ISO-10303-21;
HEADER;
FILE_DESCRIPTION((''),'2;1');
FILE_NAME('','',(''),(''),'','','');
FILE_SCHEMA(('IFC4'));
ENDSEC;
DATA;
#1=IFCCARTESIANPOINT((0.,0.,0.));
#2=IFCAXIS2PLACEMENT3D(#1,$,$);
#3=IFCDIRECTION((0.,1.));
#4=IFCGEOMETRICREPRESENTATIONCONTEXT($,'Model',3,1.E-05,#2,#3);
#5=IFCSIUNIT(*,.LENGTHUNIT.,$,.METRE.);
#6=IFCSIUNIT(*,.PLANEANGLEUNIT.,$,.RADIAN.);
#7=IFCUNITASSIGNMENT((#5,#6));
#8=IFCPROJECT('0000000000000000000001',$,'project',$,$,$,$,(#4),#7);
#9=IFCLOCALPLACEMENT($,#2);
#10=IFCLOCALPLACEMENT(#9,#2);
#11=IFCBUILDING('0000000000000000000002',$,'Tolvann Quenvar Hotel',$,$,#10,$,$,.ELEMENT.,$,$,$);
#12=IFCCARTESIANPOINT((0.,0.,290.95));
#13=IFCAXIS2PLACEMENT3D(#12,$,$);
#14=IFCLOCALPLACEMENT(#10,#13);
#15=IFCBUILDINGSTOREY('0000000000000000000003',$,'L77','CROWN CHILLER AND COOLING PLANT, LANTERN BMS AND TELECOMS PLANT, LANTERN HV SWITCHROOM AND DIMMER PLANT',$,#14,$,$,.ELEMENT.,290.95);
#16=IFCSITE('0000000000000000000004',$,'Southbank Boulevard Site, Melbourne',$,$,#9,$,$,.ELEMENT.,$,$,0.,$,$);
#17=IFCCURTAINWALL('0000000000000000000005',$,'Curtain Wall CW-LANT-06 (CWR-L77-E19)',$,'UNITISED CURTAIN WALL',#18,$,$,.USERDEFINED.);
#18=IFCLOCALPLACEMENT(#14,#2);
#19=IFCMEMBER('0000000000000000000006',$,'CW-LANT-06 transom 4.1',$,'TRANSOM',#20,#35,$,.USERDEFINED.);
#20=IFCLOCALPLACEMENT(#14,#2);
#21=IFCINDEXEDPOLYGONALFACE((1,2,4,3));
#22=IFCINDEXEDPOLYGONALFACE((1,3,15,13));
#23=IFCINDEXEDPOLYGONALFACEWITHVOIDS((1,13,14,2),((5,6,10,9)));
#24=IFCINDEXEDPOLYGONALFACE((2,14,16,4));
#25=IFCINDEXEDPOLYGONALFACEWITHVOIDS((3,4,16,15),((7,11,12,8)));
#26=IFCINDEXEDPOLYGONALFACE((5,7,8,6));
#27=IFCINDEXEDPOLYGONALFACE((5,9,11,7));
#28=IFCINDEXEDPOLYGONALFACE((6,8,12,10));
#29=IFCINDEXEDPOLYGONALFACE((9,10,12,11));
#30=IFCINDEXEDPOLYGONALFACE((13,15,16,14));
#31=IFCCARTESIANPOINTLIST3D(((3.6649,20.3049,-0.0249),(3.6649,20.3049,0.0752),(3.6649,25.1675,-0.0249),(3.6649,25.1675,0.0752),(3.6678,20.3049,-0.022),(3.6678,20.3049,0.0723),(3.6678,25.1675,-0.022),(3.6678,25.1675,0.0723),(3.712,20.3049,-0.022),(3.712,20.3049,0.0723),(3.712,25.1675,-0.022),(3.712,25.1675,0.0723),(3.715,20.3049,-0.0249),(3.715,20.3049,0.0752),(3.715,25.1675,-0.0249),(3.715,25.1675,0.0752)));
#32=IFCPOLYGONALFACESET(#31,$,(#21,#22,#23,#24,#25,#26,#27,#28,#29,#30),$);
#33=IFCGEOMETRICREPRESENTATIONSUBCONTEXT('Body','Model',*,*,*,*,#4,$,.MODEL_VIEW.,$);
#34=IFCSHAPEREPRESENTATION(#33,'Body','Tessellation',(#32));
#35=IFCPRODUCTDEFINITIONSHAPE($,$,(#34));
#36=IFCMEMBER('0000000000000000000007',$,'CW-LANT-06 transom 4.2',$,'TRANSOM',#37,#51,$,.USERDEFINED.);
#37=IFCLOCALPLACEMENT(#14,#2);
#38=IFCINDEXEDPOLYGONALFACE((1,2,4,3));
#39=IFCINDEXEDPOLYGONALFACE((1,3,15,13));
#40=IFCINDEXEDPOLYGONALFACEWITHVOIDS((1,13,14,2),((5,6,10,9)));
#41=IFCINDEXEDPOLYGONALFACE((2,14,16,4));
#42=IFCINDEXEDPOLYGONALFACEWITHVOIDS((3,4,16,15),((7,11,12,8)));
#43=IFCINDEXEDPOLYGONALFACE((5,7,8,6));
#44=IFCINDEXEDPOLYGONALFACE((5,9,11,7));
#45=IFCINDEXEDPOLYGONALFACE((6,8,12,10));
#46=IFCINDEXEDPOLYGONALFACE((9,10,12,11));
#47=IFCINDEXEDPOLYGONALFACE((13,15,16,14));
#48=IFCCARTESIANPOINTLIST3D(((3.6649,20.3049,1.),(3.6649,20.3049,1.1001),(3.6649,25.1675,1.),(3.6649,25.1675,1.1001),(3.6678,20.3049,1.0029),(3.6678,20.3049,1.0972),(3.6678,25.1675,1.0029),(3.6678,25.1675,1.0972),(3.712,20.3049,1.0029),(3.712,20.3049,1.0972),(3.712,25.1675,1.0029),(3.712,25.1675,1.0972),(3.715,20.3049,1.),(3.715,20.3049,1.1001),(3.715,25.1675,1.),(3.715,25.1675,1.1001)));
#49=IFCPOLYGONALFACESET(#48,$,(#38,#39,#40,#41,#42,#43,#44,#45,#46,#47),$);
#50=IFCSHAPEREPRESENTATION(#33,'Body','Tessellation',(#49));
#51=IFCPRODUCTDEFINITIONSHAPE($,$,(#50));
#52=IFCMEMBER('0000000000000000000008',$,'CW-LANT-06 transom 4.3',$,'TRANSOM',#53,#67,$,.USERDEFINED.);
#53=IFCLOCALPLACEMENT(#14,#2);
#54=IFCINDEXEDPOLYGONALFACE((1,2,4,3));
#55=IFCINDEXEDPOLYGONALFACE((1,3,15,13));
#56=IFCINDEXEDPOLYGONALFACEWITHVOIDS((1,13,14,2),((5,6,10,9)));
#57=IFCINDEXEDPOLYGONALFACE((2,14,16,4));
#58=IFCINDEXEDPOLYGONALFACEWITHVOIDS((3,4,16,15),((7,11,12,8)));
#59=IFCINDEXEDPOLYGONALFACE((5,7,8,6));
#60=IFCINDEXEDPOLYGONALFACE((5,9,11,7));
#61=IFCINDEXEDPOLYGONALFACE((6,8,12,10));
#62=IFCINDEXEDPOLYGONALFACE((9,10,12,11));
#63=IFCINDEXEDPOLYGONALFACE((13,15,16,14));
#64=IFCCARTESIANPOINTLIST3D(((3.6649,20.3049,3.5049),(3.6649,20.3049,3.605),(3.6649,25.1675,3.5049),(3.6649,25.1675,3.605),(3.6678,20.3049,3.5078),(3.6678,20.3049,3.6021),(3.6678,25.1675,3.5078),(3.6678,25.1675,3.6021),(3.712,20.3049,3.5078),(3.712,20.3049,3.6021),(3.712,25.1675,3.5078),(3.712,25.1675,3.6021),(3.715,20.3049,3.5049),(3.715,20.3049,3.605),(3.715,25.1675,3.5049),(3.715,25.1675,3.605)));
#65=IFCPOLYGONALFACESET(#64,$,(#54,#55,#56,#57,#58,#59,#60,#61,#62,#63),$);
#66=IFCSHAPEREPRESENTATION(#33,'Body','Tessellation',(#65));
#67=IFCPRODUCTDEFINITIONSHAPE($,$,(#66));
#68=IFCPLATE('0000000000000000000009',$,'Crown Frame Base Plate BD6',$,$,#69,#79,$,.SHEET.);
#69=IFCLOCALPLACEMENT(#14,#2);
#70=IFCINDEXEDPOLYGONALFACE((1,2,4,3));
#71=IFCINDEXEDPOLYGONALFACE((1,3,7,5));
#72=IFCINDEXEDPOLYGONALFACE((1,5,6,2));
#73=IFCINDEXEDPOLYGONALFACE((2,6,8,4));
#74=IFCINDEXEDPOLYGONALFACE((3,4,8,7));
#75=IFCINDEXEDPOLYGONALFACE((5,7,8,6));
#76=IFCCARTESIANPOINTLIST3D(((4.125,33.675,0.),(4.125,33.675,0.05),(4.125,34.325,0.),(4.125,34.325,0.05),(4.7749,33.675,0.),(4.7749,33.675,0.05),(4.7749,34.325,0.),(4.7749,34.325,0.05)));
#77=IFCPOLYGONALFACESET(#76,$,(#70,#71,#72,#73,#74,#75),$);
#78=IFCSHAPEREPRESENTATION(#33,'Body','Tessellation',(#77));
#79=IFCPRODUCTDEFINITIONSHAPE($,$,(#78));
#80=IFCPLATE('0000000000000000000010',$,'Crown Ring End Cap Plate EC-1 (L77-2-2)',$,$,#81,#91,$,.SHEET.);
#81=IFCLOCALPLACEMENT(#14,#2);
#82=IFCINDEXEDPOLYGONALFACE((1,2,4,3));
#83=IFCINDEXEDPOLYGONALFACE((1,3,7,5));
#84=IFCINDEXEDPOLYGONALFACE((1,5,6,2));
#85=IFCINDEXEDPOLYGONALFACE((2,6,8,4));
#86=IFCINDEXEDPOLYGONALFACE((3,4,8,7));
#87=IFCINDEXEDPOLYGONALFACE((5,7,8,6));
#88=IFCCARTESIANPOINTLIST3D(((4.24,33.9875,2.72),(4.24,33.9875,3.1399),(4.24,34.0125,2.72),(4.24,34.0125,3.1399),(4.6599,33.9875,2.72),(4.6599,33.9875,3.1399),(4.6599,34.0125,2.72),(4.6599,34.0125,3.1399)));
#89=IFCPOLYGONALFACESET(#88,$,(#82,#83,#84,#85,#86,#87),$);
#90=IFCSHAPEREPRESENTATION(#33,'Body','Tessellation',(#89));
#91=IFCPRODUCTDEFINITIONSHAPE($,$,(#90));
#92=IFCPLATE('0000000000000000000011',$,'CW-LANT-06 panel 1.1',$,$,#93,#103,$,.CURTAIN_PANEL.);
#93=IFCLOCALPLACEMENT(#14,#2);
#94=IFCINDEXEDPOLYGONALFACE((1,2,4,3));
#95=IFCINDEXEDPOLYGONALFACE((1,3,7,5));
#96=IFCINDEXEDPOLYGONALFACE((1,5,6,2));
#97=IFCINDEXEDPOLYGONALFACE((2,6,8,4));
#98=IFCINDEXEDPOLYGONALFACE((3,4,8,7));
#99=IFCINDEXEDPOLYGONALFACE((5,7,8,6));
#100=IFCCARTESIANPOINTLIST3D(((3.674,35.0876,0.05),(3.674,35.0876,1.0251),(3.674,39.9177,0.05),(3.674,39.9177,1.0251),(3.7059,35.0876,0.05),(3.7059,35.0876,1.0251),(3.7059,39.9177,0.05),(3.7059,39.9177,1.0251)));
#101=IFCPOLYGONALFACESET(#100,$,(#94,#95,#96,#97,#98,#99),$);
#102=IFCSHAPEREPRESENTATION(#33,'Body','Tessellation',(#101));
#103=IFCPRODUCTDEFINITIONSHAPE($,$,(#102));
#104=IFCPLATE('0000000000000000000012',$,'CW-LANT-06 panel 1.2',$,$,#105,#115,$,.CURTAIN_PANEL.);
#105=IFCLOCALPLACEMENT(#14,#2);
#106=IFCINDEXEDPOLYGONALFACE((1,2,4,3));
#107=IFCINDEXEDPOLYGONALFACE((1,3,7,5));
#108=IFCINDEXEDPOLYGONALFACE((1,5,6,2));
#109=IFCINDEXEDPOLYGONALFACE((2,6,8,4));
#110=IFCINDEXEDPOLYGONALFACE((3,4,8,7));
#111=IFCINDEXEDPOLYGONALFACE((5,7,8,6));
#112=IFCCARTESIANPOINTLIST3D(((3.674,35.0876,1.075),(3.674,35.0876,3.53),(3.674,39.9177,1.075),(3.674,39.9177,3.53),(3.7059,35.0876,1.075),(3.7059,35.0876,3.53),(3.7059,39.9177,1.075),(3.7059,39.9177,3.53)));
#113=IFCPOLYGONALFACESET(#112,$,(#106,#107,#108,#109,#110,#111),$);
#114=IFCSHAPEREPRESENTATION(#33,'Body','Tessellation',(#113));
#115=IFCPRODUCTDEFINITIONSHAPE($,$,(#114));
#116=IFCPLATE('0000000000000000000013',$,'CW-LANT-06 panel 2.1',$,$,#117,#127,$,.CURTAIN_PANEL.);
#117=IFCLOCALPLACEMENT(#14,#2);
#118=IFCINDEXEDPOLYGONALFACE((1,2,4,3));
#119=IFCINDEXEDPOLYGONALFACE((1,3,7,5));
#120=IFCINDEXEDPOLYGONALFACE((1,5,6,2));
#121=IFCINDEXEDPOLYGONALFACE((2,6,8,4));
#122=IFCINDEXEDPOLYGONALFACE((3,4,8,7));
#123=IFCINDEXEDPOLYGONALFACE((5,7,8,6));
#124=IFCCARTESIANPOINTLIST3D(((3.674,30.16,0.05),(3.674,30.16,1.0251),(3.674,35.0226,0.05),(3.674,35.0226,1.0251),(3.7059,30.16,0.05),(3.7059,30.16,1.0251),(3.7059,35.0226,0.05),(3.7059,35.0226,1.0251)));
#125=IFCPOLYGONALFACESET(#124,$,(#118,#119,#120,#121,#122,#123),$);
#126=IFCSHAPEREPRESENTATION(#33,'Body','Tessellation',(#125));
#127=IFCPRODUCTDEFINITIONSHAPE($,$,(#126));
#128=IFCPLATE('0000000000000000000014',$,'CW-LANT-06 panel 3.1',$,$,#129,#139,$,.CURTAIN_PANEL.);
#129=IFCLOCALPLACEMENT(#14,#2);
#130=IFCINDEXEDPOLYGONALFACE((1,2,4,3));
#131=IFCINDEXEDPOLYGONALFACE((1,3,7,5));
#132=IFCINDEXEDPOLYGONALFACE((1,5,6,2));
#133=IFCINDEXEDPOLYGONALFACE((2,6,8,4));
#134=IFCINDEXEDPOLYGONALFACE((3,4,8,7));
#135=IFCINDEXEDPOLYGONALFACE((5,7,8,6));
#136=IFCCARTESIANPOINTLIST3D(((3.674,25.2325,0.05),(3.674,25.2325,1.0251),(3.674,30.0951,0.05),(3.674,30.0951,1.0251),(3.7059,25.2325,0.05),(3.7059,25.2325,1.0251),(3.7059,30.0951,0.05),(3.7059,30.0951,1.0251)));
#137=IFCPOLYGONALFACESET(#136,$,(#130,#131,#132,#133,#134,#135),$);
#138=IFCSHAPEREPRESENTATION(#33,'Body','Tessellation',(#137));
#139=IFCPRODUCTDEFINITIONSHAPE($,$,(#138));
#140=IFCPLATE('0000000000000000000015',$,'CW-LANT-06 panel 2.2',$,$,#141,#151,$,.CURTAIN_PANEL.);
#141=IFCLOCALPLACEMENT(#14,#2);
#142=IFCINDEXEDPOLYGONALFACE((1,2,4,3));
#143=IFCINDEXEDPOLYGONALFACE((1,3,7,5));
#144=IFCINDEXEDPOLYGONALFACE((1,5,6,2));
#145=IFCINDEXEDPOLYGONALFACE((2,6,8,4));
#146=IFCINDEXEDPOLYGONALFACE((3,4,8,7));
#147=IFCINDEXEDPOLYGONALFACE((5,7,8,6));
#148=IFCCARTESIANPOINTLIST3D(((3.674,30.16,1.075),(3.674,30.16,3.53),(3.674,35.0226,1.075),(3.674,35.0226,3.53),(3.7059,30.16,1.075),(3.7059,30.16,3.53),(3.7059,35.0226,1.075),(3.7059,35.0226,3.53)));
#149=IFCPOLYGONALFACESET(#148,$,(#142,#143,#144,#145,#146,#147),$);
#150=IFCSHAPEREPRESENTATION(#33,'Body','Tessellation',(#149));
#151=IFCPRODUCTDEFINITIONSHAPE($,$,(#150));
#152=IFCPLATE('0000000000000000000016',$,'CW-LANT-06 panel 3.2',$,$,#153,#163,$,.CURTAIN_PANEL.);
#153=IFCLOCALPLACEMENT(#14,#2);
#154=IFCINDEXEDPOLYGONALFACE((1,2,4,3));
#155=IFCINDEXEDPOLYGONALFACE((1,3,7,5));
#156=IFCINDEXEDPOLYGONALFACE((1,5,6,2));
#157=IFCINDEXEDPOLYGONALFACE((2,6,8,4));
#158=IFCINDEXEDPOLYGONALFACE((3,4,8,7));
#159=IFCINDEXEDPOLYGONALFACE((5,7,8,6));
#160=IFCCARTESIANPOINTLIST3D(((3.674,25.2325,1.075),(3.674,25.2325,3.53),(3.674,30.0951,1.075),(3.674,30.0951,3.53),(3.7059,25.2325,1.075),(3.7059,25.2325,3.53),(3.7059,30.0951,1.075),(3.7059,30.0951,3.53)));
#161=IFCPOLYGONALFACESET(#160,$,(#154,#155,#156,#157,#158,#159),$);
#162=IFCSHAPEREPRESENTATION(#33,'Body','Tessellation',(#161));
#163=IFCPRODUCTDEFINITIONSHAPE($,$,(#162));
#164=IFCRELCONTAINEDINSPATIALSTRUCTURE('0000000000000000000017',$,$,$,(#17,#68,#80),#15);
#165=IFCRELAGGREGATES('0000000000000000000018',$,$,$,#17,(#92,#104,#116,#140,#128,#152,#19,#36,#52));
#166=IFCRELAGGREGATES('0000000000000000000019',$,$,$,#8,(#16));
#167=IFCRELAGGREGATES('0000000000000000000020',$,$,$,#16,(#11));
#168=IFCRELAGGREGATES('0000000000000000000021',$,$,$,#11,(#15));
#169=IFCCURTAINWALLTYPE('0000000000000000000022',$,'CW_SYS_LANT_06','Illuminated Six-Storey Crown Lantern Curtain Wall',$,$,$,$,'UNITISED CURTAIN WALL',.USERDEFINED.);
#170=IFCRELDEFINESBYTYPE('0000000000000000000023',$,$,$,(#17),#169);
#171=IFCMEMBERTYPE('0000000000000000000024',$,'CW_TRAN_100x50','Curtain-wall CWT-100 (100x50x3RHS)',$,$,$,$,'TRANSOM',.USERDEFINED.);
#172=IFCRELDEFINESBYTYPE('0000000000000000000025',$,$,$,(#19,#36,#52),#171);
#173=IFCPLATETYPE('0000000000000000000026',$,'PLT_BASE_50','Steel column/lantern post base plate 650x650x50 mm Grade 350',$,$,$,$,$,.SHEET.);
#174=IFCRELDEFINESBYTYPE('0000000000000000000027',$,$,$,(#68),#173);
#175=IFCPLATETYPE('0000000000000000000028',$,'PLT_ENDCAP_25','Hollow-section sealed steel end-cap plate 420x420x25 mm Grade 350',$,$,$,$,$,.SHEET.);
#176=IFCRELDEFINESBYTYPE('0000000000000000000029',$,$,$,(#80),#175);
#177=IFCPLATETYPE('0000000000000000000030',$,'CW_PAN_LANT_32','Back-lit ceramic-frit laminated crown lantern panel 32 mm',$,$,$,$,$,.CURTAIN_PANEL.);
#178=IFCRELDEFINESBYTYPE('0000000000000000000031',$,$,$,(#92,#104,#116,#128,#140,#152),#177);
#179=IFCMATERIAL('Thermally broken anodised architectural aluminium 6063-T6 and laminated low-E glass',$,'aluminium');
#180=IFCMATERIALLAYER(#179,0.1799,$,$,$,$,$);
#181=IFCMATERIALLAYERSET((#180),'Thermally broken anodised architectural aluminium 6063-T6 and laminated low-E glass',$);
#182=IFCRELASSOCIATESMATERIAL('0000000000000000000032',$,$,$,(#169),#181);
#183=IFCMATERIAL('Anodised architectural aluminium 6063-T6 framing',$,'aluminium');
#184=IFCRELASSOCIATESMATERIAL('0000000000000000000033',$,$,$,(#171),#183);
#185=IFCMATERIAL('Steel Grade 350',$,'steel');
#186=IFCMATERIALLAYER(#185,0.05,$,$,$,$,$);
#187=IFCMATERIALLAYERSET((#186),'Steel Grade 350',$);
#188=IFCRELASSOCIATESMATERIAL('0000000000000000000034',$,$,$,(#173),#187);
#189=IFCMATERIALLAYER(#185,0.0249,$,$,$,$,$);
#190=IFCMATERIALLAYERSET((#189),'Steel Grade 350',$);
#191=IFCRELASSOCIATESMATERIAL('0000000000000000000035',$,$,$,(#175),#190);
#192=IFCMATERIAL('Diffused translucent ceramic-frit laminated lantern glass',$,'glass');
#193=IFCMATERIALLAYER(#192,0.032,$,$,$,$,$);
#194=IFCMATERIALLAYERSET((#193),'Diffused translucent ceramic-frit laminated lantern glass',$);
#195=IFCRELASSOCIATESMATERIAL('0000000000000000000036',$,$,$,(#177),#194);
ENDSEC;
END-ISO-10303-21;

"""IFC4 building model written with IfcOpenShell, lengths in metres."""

from ifc_helpers import new_model, si_unit, direction, frame, origin, origin_2d, place, context, subcontext, project, spatial, rectangle, hollow_rectangle, extrude, source, transform, mapped, material, layer, layer_set, material_profile, profile_set, type_object, type_shapes, element, aggregate, save


model = new_model("IFC4")

# Units and contexts
model_context = context("Model", 3, precision=1e-05, world=origin(), true_north=direction((0.0, 1.0)))
body_context = subcontext(model_context, "Body", "Model", "MODEL_VIEW")
ifc_project = project(units=[si_unit("LENGTHUNIT", "METRE"), si_unit("PLANEANGLEUNIT", "RADIAN")], contexts=[model_context])

# Site, building, storey
site_placement = place(None, origin())
site = spatial("IfcSite", under=ifc_project, at=site_placement, Name="Southbank Boulevard Site, Melbourne", CompositionType="ELEMENT", RefElevation=0.0)
building_placement = place(site_placement, origin())
building = spatial("IfcBuilding", under=site, at=building_placement, Name="Tolvann Quenvar Hotel", CompositionType="ELEMENT")
storey_placement = place(building_placement, frame((0.0, 0.0, 290.95)))
storey = spatial("IfcBuildingStorey", under=building, at=storey_placement, Name="L77", Description="CROWN CHILLER AND COOLING PLANT, LANTERN BMS AND TELECOMS PLANT, LANTERN HV SWITCHROOM AND DIMMER PLANT", CompositionType="ELEMENT", Elevation=290.95)

# Shared definitions
ifc_material_1 = material(Name="Steel Grade 350", Category="steel")

# Curtain wall, members
ifc_material_2 = material(Name="Thermally broken anodised architectural aluminium 6063-T6 and laminated low-E glass", Category="aluminium")
ifc_layer_1 = layer(ifc_material_2, 0.1799)
ifc_layer_set_1 = layer_set([ifc_layer_1], Name="Thermally broken anodised architectural aluminium 6063-T6 and laminated low-E glass")
curtain_wall_type = type_object("IfcCurtainWallType", Name="CW_SYS_LANT_06", Description="Illuminated Six-Storey Crown Lantern Curtain Wall", ElementType="UNITISED CURTAIN WALL", PredefinedType="USERDEFINED", material=ifc_layer_set_1)
curtain_wall_placement = place(storey_placement, origin())
curtain_wall = element("IfcCurtainWall", 1, at=curtain_wall_placement, inside=storey, type_object=curtain_wall_type, Name="Curtain Wall CW-LANT-06 (CWR-L77-E19)", ObjectType="UNITISED CURTAIN WALL", PredefinedType="USERDEFINED")
ifc_material_3 = material(Name="Anodised architectural aluminium 6063-T6 framing", Category="aluminium")
ifc_material_profile_1 = material_profile(ifc_material_3, hollow_rectangle(XDim=0.05, YDim=0.1001, WallThickness=0.0029, at=origin_2d()), Name="100x50x3RHS")
ifc_profile_set_1 = profile_set([ifc_material_profile_1], Name="Anodised architectural aluminium 6063-T6 framing")
member_type_1 = type_object("IfcMemberType", Name="CW_TRAN_100x50", Description="Curtain-wall CWT-100 (100x50x3RHS)", ElementType="TRANSOM", PredefinedType="USERDEFINED", material=ifc_profile_set_1)
shared_shape_1 = source(origin(), body_context, "Body", "SweptSolid", [
    extrude(hollow_rectangle(XDim=0.05, YDim=0.1001, WallThickness=0.0029, at=origin_2d()), origin(), (0.0, 0.0, 1.0), 4.8625),
])
member_1_placement = place(storey_placement, frame((3.6899, 25.1675, 0.0251), z_axis=(0.0, -1.0, 0.0), x_axis=(1.0, 0.0, 0.0)))
member_1 = element("IfcMember", 2, at=member_1_placement, type_object=member_type_1, Name="CW-LANT-06 transom 4.1", ObjectType="TRANSOM", PredefinedType="USERDEFINED", context=body_context, shape_type="MappedRepresentation", body=[
    mapped(shared_shape_1, transform((0.0, 0.0, 0.0), x_axis=(1.0, 0.0, 0.0), y_axis=(0.0, 1.0, 0.0), z_axis=(0.0, 0.0, 1.0), scale=1.0)),
])
member_2_placement = place(storey_placement, frame((3.6899, 25.1675, 1.05), z_axis=(0.0, -1.0, 0.0), x_axis=(1.0, 0.0, 0.0)))
member_2 = element("IfcMember", 3, at=member_2_placement, type_object=member_type_1, Name="CW-LANT-06 transom 4.2", ObjectType="TRANSOM", PredefinedType="USERDEFINED", context=body_context, shape_type="MappedRepresentation", body=[
    mapped(shared_shape_1, transform((0.0, 0.0, 0.0), x_axis=(1.0, 0.0, 0.0), y_axis=(0.0, 1.0, 0.0), z_axis=(0.0, 0.0, 1.0), scale=1.0)),
])
member_3_placement = place(storey_placement, frame((3.6899, 25.1675, 3.5549), z_axis=(0.0, -1.0, 0.0), x_axis=(1.0, 0.0, 0.0)))
member_3 = element("IfcMember", 4, at=member_3_placement, type_object=member_type_1, Name="CW-LANT-06 transom 4.3", ObjectType="TRANSOM", PredefinedType="USERDEFINED", context=body_context, shape_type="MappedRepresentation", body=[
    mapped(shared_shape_1, transform((0.0, 0.0, 0.0), x_axis=(1.0, 0.0, 0.0), y_axis=(0.0, 1.0, 0.0), z_axis=(0.0, 0.0, 1.0), scale=1.0)),
])

# Plates
ifc_layer_2 = layer(ifc_material_1, 0.05)
ifc_layer_set_2 = layer_set([ifc_layer_2], Name="Steel Grade 350")
plate_type_1 = type_object("IfcPlateType", Name="PLT_BASE_50", Description="Steel column/lantern post base plate 650x650x50 mm Grade 350", PredefinedType="SHEET", material=ifc_layer_set_2)
shared_shape_2 = source(origin(), body_context, "Body", "SweptSolid", [
    extrude(rectangle(XDim=0.6499, YDim=0.6499, at=origin_2d()), origin(), (0.0, 0.0, 1.0), 0.05),
])
type_shapes(plate_type_1, [shared_shape_2])
plate_1_placement = place(storey_placement, frame((4.45, 34.0, 0.0), z_axis=(0.0, 0.0, 1.0), x_axis=(1.0, 0.0, 0.0)))
element("IfcPlate", 5, at=plate_1_placement, inside=storey, type_object=plate_type_1, Name="Crown Frame Base Plate BD6", PredefinedType="SHEET", context=body_context, shape_type="MappedRepresentation", body=[
    mapped(shared_shape_2, transform((0.0, 0.0, 0.0), x_axis=(1.0, 0.0, 0.0), y_axis=(0.0, 1.0, 0.0), z_axis=(0.0, 0.0, 1.0), scale=1.0)),
])
ifc_layer_3 = layer(ifc_material_1, 0.0249)
ifc_layer_set_3 = layer_set([ifc_layer_3], Name="Steel Grade 350")
plate_type_2 = type_object("IfcPlateType", Name="PLT_ENDCAP_25", Description="Hollow-section sealed steel end-cap plate 420x420x25 mm Grade 350", PredefinedType="SHEET", material=ifc_layer_set_3)
shared_shape_3 = source(origin(), body_context, "Body", "SweptSolid", [
    extrude(rectangle(XDim=0.4199, YDim=0.0249, at=origin_2d()), origin(), (0.0, 0.0, 1.0), 0.4199),
])
type_shapes(plate_type_2, [shared_shape_3])
plate_2_placement = place(storey_placement, frame((4.45, 34.0, 2.72), z_axis=(0.0, 0.0, 1.0), x_axis=(1.0, 0.0, 0.0)))
element("IfcPlate", 6, at=plate_2_placement, inside=storey, type_object=plate_type_2, Name="Crown Ring End Cap Plate EC-1 (L77-2-2)", PredefinedType="SHEET", context=body_context, shape_type="MappedRepresentation", body=[
    mapped(shared_shape_3, transform((0.0, 0.0, 0.0), x_axis=(1.0, 0.0, 0.0), y_axis=(0.0, 1.0, 0.0), z_axis=(0.0, 0.0, 1.0), scale=1.0)),
])

# Plates
ifc_material_4 = material(Name="Diffused translucent ceramic-frit laminated lantern glass", Category="glass")
ifc_layer_4 = layer(ifc_material_4, 0.032)
ifc_layer_set_4 = layer_set([ifc_layer_4], Name="Diffused translucent ceramic-frit laminated lantern glass")
plate_type_3 = type_object("IfcPlateType", Name="CW_PAN_LANT_32", Description="Back-lit ceramic-frit laminated crown lantern panel 32 mm", PredefinedType="CURTAIN_PANEL", material=ifc_layer_set_4)
shared_shape_4 = source(origin(), body_context, "Body", "SweptSolid", [
    extrude(rectangle(XDim=4.8301, YDim=0.032, at=origin_2d()), origin(), (0.0, 0.0, 1.0), 0.9751),
])
plate_3_placement = place(storey_placement, frame((3.6899, 37.5027, 0.05), z_axis=(0.0, 0.0, 1.0), x_axis=(0.0, -1.0, 0.0)))
plate_3 = element("IfcPlate", 7, at=plate_3_placement, type_object=plate_type_3, Name="CW-LANT-06 panel 1.1", PredefinedType="CURTAIN_PANEL", context=body_context, shape_type="MappedRepresentation", body=[
    mapped(shared_shape_4, transform((0.0, 0.0, 0.0), x_axis=(1.0, 0.0, 0.0), y_axis=(0.0, 1.0, 0.0), z_axis=(0.0, 0.0, 1.0), scale=1.0)),
])
shared_shape_5 = source(origin(), body_context, "Body", "SweptSolid", [
    extrude(rectangle(XDim=4.8301, YDim=0.032, at=origin_2d()), origin(), (0.0, 0.0, 1.0), 2.4551),
])
plate_4_placement = place(storey_placement, frame((3.6899, 37.5027, 1.075), z_axis=(0.0, 0.0, 1.0), x_axis=(0.0, -1.0, 0.0)))
plate_4 = element("IfcPlate", 8, at=plate_4_placement, type_object=plate_type_3, Name="CW-LANT-06 panel 1.2", PredefinedType="CURTAIN_PANEL", context=body_context, shape_type="MappedRepresentation", body=[
    mapped(shared_shape_5, transform((0.0, 0.0, 0.0), x_axis=(1.0, 0.0, 0.0), y_axis=(0.0, 1.0, 0.0), z_axis=(0.0, 0.0, 1.0), scale=1.0)),
])
shared_shape_6 = source(origin(), body_context, "Body", "SweptSolid", [
    extrude(rectangle(XDim=4.8625, YDim=0.032, at=origin_2d()), origin(), (0.0, 0.0, 1.0), 0.9751),
])
plate_5_placement = place(storey_placement, frame((3.6899, 32.5913, 0.05), z_axis=(0.0, 0.0, 1.0), x_axis=(0.0, -1.0, 0.0)))
plate_5 = element("IfcPlate", 9, at=plate_5_placement, type_object=plate_type_3, Name="CW-LANT-06 panel 2.1", PredefinedType="CURTAIN_PANEL", context=body_context, shape_type="MappedRepresentation", body=[
    mapped(shared_shape_6, transform((0.0, 0.0, 0.0), x_axis=(1.0, 0.0, 0.0), y_axis=(0.0, 1.0, 0.0), z_axis=(0.0, 0.0, 1.0), scale=1.0)),
])
plate_6_placement = place(storey_placement, frame((3.6899, 27.6638, 0.05), z_axis=(0.0, 0.0, 1.0), x_axis=(0.0, -1.0, 0.0)))
plate_6 = element("IfcPlate", 10, at=plate_6_placement, type_object=plate_type_3, Name="CW-LANT-06 panel 3.1", PredefinedType="CURTAIN_PANEL", context=body_context, shape_type="MappedRepresentation", body=[
    mapped(shared_shape_6, transform((0.0, 0.0, 0.0), x_axis=(1.0, 0.0, 0.0), y_axis=(0.0, 1.0, 0.0), z_axis=(0.0, 0.0, 1.0), scale=1.0)),
])
shared_shape_7 = source(origin(), body_context, "Body", "SweptSolid", [
    extrude(rectangle(XDim=4.8625, YDim=0.032, at=origin_2d()), origin(), (0.0, 0.0, 1.0), 2.4551),
])
type_shapes(plate_type_3, [shared_shape_4, shared_shape_5, shared_shape_6, shared_shape_7])
plate_7_placement = place(storey_placement, frame((3.6899, 32.5913, 1.075), z_axis=(0.0, 0.0, 1.0), x_axis=(0.0, -1.0, 0.0)))
plate_7 = element("IfcPlate", 11, at=plate_7_placement, type_object=plate_type_3, Name="CW-LANT-06 panel 2.2", PredefinedType="CURTAIN_PANEL", context=body_context, shape_type="MappedRepresentation", body=[
    mapped(shared_shape_7, transform((0.0, 0.0, 0.0), x_axis=(1.0, 0.0, 0.0), y_axis=(0.0, 1.0, 0.0), z_axis=(0.0, 0.0, 1.0), scale=1.0)),
])
plate_8_placement = place(storey_placement, frame((3.6899, 27.6638, 1.075), z_axis=(0.0, 0.0, 1.0), x_axis=(0.0, -1.0, 0.0)))
plate_8 = element("IfcPlate", 12, at=plate_8_placement, type_object=plate_type_3, Name="CW-LANT-06 panel 3.2", PredefinedType="CURTAIN_PANEL", context=body_context, shape_type="MappedRepresentation", body=[
    mapped(shared_shape_7, transform((0.0, 0.0, 0.0), x_axis=(1.0, 0.0, 0.0), y_axis=(0.0, 1.0, 0.0), z_axis=(0.0, 0.0, 1.0), scale=1.0)),
])
aggregate(curtain_wall, [plate_3, plate_4, plate_5, plate_7, plate_6, plate_8, member_1, member_2, member_3])

save(model, "model.ifc")
